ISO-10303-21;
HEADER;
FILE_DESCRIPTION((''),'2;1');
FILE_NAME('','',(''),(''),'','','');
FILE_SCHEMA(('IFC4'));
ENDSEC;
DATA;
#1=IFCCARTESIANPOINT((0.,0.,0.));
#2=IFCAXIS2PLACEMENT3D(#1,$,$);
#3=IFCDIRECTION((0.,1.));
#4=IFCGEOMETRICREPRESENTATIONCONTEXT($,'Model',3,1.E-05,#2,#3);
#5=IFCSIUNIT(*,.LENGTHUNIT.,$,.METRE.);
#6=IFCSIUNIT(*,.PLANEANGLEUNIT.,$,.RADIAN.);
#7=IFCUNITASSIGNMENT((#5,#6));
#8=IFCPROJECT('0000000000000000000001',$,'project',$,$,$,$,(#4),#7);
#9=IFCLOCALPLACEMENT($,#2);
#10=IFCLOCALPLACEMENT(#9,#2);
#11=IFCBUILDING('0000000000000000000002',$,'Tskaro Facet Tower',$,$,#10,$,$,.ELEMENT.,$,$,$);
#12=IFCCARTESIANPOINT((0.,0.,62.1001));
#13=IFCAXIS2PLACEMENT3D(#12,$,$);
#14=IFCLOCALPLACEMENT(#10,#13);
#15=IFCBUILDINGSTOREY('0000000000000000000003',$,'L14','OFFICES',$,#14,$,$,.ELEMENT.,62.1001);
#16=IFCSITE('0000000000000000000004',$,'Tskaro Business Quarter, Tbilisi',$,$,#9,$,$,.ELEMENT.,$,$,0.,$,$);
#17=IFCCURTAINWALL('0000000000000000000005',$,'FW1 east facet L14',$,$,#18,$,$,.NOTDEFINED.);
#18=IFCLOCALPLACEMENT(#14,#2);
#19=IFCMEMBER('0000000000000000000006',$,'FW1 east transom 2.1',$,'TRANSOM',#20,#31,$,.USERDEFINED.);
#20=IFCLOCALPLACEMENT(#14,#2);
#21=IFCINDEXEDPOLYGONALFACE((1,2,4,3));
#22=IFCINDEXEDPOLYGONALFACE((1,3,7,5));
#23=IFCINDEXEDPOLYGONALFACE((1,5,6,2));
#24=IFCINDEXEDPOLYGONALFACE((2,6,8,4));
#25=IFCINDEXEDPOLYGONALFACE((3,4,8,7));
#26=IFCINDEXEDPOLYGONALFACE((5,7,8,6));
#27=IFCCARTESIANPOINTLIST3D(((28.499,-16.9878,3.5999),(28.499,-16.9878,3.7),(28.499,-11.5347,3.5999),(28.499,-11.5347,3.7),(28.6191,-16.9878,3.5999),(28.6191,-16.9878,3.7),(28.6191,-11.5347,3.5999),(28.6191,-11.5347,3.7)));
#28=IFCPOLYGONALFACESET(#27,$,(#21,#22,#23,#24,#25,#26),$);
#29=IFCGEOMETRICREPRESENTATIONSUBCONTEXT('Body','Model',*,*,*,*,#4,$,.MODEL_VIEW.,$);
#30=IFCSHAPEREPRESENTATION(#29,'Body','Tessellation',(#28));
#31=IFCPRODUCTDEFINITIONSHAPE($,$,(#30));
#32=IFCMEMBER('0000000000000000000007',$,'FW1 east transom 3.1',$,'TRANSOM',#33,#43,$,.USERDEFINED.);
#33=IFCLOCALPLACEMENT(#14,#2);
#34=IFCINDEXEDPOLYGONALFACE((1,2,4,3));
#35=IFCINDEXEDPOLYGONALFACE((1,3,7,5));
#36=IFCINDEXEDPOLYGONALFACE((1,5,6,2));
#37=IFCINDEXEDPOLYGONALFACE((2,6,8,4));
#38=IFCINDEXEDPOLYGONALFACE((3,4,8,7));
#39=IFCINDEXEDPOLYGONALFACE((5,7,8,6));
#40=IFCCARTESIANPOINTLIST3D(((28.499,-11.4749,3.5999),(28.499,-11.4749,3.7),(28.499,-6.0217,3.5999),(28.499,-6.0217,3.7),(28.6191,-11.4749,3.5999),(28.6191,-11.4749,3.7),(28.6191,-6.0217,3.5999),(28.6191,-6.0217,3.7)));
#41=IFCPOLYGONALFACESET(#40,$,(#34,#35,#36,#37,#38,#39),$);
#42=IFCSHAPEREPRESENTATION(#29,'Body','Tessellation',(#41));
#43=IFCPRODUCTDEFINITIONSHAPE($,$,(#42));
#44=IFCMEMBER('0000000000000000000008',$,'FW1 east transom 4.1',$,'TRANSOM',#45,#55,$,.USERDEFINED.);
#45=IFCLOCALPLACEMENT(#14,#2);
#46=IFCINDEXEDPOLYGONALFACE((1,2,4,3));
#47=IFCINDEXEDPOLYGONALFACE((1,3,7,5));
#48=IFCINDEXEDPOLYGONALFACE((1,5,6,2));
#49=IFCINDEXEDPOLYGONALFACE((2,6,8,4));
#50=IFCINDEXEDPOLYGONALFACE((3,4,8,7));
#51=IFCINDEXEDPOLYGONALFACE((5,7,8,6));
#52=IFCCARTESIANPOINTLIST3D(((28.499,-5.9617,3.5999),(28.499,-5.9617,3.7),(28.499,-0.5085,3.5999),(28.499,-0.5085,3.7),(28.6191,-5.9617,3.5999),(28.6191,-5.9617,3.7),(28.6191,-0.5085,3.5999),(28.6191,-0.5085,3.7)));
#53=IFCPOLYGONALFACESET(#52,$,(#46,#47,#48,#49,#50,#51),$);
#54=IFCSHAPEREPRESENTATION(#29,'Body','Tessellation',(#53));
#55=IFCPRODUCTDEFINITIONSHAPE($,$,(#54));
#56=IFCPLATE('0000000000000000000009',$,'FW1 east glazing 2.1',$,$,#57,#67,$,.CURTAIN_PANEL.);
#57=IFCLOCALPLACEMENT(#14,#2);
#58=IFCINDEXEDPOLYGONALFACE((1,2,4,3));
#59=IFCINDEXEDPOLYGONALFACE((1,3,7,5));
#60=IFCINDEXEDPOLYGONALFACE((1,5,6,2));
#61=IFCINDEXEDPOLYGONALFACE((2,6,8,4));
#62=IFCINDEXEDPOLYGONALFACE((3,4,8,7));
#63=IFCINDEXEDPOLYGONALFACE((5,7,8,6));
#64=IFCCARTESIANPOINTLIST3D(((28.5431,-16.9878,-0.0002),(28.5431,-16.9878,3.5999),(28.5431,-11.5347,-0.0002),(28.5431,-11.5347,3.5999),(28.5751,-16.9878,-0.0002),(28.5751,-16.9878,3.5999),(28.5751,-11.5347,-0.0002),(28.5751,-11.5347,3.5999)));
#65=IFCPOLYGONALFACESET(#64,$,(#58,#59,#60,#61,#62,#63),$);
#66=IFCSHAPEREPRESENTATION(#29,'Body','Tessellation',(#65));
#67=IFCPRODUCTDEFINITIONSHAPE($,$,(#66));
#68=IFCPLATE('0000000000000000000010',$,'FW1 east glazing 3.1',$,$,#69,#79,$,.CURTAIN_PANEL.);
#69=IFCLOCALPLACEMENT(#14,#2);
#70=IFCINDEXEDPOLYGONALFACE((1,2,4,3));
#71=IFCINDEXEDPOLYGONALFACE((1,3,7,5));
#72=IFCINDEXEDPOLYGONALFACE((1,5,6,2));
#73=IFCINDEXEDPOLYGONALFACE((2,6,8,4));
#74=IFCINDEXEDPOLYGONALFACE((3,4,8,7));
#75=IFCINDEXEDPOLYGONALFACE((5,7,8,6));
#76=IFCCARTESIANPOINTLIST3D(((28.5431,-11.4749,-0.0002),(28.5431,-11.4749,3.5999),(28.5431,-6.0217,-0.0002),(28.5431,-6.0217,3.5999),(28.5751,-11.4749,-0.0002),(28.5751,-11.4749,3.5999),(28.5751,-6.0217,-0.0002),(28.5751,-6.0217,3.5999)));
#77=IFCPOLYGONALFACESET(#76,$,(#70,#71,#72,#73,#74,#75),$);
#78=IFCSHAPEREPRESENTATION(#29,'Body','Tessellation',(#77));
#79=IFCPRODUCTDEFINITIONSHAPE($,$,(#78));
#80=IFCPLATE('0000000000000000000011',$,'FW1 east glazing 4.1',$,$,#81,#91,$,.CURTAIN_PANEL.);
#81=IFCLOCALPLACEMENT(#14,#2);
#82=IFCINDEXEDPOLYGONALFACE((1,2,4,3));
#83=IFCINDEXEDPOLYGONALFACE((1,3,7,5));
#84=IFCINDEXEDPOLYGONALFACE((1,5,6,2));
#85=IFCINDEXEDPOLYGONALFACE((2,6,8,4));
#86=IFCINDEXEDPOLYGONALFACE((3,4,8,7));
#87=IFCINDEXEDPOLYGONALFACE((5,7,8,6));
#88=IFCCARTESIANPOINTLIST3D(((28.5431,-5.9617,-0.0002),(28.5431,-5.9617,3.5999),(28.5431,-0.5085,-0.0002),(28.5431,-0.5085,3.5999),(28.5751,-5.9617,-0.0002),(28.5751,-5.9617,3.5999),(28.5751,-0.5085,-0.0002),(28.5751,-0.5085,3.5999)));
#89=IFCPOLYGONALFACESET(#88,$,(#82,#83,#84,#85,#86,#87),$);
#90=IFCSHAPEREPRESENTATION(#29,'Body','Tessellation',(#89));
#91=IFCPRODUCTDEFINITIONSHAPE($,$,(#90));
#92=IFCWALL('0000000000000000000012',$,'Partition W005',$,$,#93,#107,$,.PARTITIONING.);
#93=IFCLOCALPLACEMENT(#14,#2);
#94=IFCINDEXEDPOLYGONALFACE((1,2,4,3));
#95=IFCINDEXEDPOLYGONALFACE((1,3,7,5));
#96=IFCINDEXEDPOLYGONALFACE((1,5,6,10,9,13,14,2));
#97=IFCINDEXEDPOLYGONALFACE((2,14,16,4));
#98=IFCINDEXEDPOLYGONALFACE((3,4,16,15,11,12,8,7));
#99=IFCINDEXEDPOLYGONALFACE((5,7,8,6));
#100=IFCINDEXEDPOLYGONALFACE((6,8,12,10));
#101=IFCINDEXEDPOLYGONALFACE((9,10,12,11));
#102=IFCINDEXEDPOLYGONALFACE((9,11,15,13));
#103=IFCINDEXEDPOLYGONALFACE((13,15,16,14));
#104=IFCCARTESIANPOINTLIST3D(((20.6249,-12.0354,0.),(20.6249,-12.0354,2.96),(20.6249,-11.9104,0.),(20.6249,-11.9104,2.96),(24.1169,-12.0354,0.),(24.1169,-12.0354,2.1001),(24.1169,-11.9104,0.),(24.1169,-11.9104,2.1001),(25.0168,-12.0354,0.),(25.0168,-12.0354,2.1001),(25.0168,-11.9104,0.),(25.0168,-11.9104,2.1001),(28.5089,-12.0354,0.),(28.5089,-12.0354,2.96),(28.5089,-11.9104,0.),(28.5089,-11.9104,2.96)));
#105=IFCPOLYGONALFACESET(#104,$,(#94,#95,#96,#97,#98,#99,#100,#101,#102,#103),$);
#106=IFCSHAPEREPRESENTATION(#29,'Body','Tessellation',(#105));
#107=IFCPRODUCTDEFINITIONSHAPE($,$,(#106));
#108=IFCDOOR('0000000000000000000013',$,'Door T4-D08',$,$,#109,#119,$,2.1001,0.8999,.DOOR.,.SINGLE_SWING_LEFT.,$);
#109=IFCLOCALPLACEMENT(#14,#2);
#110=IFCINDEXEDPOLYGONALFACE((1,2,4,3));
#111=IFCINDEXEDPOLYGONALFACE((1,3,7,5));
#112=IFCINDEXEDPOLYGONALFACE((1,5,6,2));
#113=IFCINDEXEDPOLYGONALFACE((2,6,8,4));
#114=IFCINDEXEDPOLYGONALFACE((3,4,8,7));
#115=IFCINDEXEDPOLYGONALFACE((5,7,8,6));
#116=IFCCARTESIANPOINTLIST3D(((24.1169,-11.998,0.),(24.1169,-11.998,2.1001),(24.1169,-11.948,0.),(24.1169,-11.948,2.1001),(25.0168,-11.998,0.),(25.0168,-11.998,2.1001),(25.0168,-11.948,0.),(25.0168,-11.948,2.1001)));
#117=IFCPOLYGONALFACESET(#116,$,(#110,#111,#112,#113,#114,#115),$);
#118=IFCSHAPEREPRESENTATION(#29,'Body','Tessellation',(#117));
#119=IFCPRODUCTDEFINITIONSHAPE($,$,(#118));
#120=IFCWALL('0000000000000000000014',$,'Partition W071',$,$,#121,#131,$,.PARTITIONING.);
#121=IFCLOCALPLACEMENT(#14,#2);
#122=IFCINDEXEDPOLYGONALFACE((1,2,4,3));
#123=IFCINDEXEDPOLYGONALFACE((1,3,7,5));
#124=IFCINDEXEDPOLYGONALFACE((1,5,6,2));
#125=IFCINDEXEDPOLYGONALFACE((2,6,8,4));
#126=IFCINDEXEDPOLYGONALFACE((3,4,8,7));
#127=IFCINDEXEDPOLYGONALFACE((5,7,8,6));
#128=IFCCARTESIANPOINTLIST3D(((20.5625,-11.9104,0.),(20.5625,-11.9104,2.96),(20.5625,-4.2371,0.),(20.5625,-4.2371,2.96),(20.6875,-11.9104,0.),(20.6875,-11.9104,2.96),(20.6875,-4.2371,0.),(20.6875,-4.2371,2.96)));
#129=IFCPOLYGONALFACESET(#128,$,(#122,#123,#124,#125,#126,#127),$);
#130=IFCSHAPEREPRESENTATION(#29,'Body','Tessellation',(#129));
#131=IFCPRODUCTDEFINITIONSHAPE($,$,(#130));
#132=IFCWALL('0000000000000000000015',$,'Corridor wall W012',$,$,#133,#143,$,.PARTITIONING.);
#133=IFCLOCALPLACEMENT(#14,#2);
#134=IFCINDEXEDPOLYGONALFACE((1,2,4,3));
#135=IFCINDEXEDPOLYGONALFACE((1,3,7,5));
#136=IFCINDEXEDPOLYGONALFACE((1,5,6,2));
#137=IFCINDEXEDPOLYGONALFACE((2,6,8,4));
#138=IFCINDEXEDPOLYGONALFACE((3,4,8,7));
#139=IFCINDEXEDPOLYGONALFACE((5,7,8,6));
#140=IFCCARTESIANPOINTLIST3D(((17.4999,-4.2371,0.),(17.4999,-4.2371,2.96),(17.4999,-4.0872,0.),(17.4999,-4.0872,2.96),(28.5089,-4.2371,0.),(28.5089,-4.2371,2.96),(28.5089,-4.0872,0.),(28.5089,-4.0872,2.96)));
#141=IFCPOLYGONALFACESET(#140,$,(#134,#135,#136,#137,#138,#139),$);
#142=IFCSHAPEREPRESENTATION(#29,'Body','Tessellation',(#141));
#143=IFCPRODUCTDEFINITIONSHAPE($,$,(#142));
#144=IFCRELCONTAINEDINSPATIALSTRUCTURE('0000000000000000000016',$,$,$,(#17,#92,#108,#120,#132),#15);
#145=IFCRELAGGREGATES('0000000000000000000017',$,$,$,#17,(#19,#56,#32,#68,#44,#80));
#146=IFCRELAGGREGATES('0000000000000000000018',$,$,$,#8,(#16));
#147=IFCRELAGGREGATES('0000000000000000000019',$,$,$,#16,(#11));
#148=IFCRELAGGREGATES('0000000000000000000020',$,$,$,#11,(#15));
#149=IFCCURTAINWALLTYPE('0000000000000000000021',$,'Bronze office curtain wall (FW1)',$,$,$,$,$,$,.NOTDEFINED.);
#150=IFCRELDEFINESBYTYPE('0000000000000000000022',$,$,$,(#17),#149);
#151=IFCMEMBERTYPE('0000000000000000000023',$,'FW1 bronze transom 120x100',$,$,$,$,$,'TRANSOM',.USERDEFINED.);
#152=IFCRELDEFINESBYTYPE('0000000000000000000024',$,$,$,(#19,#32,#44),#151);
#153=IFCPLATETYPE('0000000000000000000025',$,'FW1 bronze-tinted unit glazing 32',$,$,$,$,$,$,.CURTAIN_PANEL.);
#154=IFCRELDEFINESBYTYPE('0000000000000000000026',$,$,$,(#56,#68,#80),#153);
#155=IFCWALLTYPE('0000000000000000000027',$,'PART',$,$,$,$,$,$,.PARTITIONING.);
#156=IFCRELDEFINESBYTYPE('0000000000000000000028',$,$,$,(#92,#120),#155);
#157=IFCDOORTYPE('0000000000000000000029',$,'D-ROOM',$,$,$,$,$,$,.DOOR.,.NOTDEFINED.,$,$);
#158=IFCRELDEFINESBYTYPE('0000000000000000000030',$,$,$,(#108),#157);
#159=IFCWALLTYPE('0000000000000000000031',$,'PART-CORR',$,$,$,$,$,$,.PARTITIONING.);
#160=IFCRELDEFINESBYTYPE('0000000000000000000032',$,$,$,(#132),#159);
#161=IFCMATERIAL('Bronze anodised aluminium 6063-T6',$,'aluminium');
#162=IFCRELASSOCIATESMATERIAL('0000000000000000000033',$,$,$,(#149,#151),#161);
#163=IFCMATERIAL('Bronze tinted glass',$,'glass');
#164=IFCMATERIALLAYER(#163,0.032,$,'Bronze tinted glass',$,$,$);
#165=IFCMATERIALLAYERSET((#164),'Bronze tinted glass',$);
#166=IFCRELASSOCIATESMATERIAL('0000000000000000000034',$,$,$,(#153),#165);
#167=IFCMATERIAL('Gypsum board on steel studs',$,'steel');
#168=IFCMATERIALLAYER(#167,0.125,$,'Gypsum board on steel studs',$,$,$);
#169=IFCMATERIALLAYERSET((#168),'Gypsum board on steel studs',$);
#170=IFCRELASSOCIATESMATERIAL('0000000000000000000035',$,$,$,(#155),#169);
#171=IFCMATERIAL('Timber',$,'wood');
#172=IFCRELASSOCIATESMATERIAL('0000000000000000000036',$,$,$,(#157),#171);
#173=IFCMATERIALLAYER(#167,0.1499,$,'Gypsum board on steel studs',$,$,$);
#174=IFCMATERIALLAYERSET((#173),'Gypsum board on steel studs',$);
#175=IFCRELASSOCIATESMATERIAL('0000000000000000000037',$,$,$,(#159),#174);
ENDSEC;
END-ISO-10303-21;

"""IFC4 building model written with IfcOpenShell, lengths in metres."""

from ifc_helpers import new_model, si_unit, direction, frame, frame_2d, origin, origin_2d, place, context, subcontext, project, spatial, rectangle, extrude, material, layer, layer_set, material_profile, profile_set, type_object, element, fill, aggregate, save


model = new_model("IFC4")

# Units and contexts
model_context = context("Model", 3, precision=1e-05, world=origin(), true_north=direction((0.0, 1.0)))
body_context = subcontext(model_context, "Body", "Model", "MODEL_VIEW")
ifc_project = project(units=[si_unit("LENGTHUNIT", "METRE"), si_unit("PLANEANGLEUNIT", "RADIAN")], contexts=[model_context])

# Site, building, storey
site_placement = place(None, origin())
site = spatial("IfcSite", under=ifc_project, at=site_placement, Name="Tskaro Business Quarter, Tbilisi", CompositionType="ELEMENT", RefElevation=0.0)
building_placement = place(site_placement, origin())
building = spatial("IfcBuilding", under=site, at=building_placement, Name="Tskaro Facet Tower", CompositionType="ELEMENT")
storey_placement = place(building_placement, frame((0.0, 0.0, 62.1001)))
storey = spatial("IfcBuildingStorey", under=building, at=storey_placement, Name="L14", Description="OFFICES", CompositionType="ELEMENT", Elevation=62.1001)

# Curtain wall, members, plates
ifc_material_1 = material(Name="Bronze anodised aluminium 6063-T6", Category="aluminium")
curtain_wall_type = type_object("IfcCurtainWallType", Name="Bronze office curtain wall (FW1)", PredefinedType="NOTDEFINED", material=ifc_material_1)
curtain_wall_placement = place(storey_placement, origin())
curtain_wall = element("IfcCurtainWall", 1, at=curtain_wall_placement, inside=storey, type_object=curtain_wall_type, Name="FW1 east facet L14", PredefinedType="NOTDEFINED")
ifc_material_profile_1 = material_profile(ifc_material_1, rectangle(XDim=0.1201, YDim=0.1001, at=origin_2d()), Name="Transom 120x100")
ifc_profile_set_1 = profile_set([ifc_material_profile_1], Name="Bronze anodised aluminium 6063-T6")
member_type_1 = type_object("IfcMemberType", Name="FW1 bronze transom 120x100", ElementType="TRANSOM", PredefinedType="USERDEFINED", material=ifc_profile_set_1)
member_1_placement = place(storey_placement, frame((28.5591, -16.9878, 3.6499), z_axis=(0.0, 1.0, 0.0), x_axis=(-1.0, 0.0, 0.0)))
member_1 = element("IfcMember", 2, at=member_1_placement, type_object=member_type_1, Name="FW1 east transom 2.1", ObjectType="TRANSOM", PredefinedType="USERDEFINED", context=body_context, shape_type="SweptSolid", body=[
    extrude(rectangle(XDim=0.1201, YDim=0.1001, at=origin_2d()), origin(), (0.0, 0.0, 1.0), 5.4531),
])
member_2_placement = place(storey_placement, frame((28.5591, -11.4749, 3.6499), z_axis=(0.0, 1.0, 0.0), x_axis=(-1.0, 0.0, 0.0)))
member_2 = element("IfcMember", 3, at=member_2_placement, type_object=member_type_1, Name="FW1 east transom 3.1", ObjectType="TRANSOM", PredefinedType="USERDEFINED", context=body_context, shape_type="SweptSolid", body=[
    extrude(rectangle(XDim=0.1201, YDim=0.1001, at=origin_2d()), origin(), (0.0, 0.0, 1.0), 5.4531),
])
member_3_placement = place(storey_placement, frame((28.5591, -5.9617, 3.6499), z_axis=(0.0, 1.0, 0.0), x_axis=(-1.0, 0.0, 0.0)))
member_3 = element("IfcMember", 4, at=member_3_placement, type_object=member_type_1, Name="FW1 east transom 4.1", ObjectType="TRANSOM", PredefinedType="USERDEFINED", context=body_context, shape_type="SweptSolid", body=[
    extrude(rectangle(XDim=0.1201, YDim=0.1001, at=origin_2d()), origin(), (0.0, 0.0, 1.0), 5.4531),
])
ifc_material_2 = material(Name="Bronze tinted glass", Category="glass")
ifc_layer_1 = layer(ifc_material_2, 0.032, Name="Bronze tinted glass")
ifc_layer_set_1 = layer_set([ifc_layer_1], Name="Bronze tinted glass")
plate_type = type_object("IfcPlateType", Name="FW1 bronze-tinted unit glazing 32", PredefinedType="CURTAIN_PANEL", material=ifc_layer_set_1)
plate_1_placement = place(storey_placement, frame((28.5591, -14.2612, -0.0002), z_axis=(0.0, 0.0, 1.0), x_axis=(0.0, 1.0, 0.0)))
plate_1 = element("IfcPlate", 5, at=plate_1_placement, type_object=plate_type, Name="FW1 east glazing 2.1", PredefinedType="CURTAIN_PANEL", context=body_context, shape_type="SweptSolid", body=[
    extrude(rectangle(XDim=5.4531, YDim=0.032, at=origin_2d()), origin(), (0.0, 0.0, 1.0), 3.6001),
])
plate_2_placement = place(storey_placement, frame((28.5591, -8.7483, -0.0002), z_axis=(0.0, 0.0, 1.0), x_axis=(0.0, 1.0, 0.0)))
plate_2 = element("IfcPlate", 6, at=plate_2_placement, type_object=plate_type, Name="FW1 east glazing 3.1", PredefinedType="CURTAIN_PANEL", context=body_context, shape_type="SweptSolid", body=[
    extrude(rectangle(XDim=5.4531, YDim=0.032, at=origin_2d()), origin(), (0.0, 0.0, 1.0), 3.6001),
])
plate_3_placement = place(storey_placement, frame((28.5591, -3.2351, -0.0002), z_axis=(0.0, 0.0, 1.0), x_axis=(0.0, 1.0, 0.0)))
plate_3 = element("IfcPlate", 7, at=plate_3_placement, type_object=plate_type, Name="FW1 east glazing 4.1", PredefinedType="CURTAIN_PANEL", context=body_context, shape_type="SweptSolid", body=[
    extrude(rectangle(XDim=5.4531, YDim=0.032, at=origin_2d()), origin(), (0.0, 0.0, 1.0), 3.6001),
])
aggregate(curtain_wall, [member_1, plate_1, member_2, plate_2, member_3, plate_3])

# Wall, opening, door
ifc_material_3 = material(Name="Gypsum board on steel studs", Category="steel")
ifc_layer_2 = layer(ifc_material_3, 0.125, Name="Gypsum board on steel studs")
ifc_layer_set_2 = layer_set([ifc_layer_2], Name="Gypsum board on steel studs")
wall_type_1 = type_object("IfcWallType", Name="PART", PredefinedType="PARTITIONING", material=ifc_layer_set_2)
wall_1_placement = place(storey_placement, frame((20.625, -11.9729, 0.0), z_axis=(0.0, 0.0, 1.0), x_axis=(1.0, 0.0, 0.0)))
wall_1 = element("IfcWall", 8, at=wall_1_placement, inside=storey, type_object=wall_type_1, Name="Partition W005", PredefinedType="PARTITIONING", context=body_context, shape_type="SweptSolid", body=[
    extrude(rectangle(XDim=7.884, YDim=0.125, at=frame_2d((3.9419, 0.0))), origin(), (0.0, 0.0, 1.0), 2.96),
])
opening_1_placement = place(wall_1_placement, frame((3.4919, 0.0, 0.0)))
opening_1 = element("IfcOpeningElement", 9, at=opening_1_placement, cuts=wall_1, PredefinedType="OPENING", context=body_context, shape_type="SweptSolid", body=[
    extrude(rectangle(XDim=0.8999, YDim=2.1001, at=frame_2d((0.45, 1.05))), frame((0.0, 0.0725, 0.0), z_axis=(0.0, -1.0, 0.0), x_axis=(1.0, 0.0, 0.0)), (0.0, 0.0, 1.0), 0.145),
])
ifc_material_4 = material(Name="Timber", Category="wood")
door_type_1 = type_object("IfcDoorType", Name="D-ROOM", OperationType="NOTDEFINED", PredefinedType="DOOR", material=ifc_material_4)
door_1_placement = place(opening_1_placement, origin())
door_1 = element("IfcDoor", 10, at=door_1_placement, inside=storey, type_object=door_type_1, Name="Door T4-D08", OperationType="SINGLE_SWING_LEFT", OverallHeight=2.1001, OverallWidth=0.8999, PredefinedType="DOOR", context=body_context, shape_type="SweptSolid", body=[
    extrude(rectangle(XDim=0.8999, YDim=2.1001, at=frame_2d((0.45, 1.05))), frame((0.0, 0.0249, 0.0), z_axis=(0.0, -1.0, 0.0), x_axis=(1.0, 0.0, 0.0)), (0.0, 0.0, 1.0), 0.05),
])
fill(opening_1, door_1)

# Walls
wall_2_placement = place(storey_placement, frame((20.625, -11.9104, 0.0), z_axis=(0.0, 0.0, 1.0), x_axis=(0.0, 1.0, 0.0)))
element("IfcWall", 11, at=wall_2_placement, inside=storey, type_object=wall_type_1, Name="Partition W071", PredefinedType="PARTITIONING", context=body_context, shape_type="SweptSolid", body=[
    extrude(rectangle(XDim=7.6733, YDim=0.125, at=frame_2d((3.8367, 0.0))), origin(), (0.0, 0.0, 1.0), 2.96),
])
ifc_layer_3 = layer(ifc_material_3, 0.1499, Name="Gypsum board on steel studs")
ifc_layer_set_3 = layer_set([ifc_layer_3], Name="Gypsum board on steel studs")
wall_type_2 = type_object("IfcWallType", Name="PART-CORR", PredefinedType="PARTITIONING", material=ifc_layer_set_3)
wall_3_placement = place(storey_placement, frame((17.5, -4.1621, 0.0), z_axis=(0.0, 0.0, 1.0), x_axis=(1.0, 0.0, 0.0)))
element("IfcWall", 12, at=wall_3_placement, inside=storey, type_object=wall_type_2, Name="Corridor wall W012", PredefinedType="PARTITIONING", context=body_context, shape_type="SweptSolid", body=[
    extrude(rectangle(XDim=11.009, YDim=0.1499, at=frame_2d((5.5044, 0.0))), origin(), (0.0, 0.0, 1.0), 2.96),
])

save(model, "model.ifc")
